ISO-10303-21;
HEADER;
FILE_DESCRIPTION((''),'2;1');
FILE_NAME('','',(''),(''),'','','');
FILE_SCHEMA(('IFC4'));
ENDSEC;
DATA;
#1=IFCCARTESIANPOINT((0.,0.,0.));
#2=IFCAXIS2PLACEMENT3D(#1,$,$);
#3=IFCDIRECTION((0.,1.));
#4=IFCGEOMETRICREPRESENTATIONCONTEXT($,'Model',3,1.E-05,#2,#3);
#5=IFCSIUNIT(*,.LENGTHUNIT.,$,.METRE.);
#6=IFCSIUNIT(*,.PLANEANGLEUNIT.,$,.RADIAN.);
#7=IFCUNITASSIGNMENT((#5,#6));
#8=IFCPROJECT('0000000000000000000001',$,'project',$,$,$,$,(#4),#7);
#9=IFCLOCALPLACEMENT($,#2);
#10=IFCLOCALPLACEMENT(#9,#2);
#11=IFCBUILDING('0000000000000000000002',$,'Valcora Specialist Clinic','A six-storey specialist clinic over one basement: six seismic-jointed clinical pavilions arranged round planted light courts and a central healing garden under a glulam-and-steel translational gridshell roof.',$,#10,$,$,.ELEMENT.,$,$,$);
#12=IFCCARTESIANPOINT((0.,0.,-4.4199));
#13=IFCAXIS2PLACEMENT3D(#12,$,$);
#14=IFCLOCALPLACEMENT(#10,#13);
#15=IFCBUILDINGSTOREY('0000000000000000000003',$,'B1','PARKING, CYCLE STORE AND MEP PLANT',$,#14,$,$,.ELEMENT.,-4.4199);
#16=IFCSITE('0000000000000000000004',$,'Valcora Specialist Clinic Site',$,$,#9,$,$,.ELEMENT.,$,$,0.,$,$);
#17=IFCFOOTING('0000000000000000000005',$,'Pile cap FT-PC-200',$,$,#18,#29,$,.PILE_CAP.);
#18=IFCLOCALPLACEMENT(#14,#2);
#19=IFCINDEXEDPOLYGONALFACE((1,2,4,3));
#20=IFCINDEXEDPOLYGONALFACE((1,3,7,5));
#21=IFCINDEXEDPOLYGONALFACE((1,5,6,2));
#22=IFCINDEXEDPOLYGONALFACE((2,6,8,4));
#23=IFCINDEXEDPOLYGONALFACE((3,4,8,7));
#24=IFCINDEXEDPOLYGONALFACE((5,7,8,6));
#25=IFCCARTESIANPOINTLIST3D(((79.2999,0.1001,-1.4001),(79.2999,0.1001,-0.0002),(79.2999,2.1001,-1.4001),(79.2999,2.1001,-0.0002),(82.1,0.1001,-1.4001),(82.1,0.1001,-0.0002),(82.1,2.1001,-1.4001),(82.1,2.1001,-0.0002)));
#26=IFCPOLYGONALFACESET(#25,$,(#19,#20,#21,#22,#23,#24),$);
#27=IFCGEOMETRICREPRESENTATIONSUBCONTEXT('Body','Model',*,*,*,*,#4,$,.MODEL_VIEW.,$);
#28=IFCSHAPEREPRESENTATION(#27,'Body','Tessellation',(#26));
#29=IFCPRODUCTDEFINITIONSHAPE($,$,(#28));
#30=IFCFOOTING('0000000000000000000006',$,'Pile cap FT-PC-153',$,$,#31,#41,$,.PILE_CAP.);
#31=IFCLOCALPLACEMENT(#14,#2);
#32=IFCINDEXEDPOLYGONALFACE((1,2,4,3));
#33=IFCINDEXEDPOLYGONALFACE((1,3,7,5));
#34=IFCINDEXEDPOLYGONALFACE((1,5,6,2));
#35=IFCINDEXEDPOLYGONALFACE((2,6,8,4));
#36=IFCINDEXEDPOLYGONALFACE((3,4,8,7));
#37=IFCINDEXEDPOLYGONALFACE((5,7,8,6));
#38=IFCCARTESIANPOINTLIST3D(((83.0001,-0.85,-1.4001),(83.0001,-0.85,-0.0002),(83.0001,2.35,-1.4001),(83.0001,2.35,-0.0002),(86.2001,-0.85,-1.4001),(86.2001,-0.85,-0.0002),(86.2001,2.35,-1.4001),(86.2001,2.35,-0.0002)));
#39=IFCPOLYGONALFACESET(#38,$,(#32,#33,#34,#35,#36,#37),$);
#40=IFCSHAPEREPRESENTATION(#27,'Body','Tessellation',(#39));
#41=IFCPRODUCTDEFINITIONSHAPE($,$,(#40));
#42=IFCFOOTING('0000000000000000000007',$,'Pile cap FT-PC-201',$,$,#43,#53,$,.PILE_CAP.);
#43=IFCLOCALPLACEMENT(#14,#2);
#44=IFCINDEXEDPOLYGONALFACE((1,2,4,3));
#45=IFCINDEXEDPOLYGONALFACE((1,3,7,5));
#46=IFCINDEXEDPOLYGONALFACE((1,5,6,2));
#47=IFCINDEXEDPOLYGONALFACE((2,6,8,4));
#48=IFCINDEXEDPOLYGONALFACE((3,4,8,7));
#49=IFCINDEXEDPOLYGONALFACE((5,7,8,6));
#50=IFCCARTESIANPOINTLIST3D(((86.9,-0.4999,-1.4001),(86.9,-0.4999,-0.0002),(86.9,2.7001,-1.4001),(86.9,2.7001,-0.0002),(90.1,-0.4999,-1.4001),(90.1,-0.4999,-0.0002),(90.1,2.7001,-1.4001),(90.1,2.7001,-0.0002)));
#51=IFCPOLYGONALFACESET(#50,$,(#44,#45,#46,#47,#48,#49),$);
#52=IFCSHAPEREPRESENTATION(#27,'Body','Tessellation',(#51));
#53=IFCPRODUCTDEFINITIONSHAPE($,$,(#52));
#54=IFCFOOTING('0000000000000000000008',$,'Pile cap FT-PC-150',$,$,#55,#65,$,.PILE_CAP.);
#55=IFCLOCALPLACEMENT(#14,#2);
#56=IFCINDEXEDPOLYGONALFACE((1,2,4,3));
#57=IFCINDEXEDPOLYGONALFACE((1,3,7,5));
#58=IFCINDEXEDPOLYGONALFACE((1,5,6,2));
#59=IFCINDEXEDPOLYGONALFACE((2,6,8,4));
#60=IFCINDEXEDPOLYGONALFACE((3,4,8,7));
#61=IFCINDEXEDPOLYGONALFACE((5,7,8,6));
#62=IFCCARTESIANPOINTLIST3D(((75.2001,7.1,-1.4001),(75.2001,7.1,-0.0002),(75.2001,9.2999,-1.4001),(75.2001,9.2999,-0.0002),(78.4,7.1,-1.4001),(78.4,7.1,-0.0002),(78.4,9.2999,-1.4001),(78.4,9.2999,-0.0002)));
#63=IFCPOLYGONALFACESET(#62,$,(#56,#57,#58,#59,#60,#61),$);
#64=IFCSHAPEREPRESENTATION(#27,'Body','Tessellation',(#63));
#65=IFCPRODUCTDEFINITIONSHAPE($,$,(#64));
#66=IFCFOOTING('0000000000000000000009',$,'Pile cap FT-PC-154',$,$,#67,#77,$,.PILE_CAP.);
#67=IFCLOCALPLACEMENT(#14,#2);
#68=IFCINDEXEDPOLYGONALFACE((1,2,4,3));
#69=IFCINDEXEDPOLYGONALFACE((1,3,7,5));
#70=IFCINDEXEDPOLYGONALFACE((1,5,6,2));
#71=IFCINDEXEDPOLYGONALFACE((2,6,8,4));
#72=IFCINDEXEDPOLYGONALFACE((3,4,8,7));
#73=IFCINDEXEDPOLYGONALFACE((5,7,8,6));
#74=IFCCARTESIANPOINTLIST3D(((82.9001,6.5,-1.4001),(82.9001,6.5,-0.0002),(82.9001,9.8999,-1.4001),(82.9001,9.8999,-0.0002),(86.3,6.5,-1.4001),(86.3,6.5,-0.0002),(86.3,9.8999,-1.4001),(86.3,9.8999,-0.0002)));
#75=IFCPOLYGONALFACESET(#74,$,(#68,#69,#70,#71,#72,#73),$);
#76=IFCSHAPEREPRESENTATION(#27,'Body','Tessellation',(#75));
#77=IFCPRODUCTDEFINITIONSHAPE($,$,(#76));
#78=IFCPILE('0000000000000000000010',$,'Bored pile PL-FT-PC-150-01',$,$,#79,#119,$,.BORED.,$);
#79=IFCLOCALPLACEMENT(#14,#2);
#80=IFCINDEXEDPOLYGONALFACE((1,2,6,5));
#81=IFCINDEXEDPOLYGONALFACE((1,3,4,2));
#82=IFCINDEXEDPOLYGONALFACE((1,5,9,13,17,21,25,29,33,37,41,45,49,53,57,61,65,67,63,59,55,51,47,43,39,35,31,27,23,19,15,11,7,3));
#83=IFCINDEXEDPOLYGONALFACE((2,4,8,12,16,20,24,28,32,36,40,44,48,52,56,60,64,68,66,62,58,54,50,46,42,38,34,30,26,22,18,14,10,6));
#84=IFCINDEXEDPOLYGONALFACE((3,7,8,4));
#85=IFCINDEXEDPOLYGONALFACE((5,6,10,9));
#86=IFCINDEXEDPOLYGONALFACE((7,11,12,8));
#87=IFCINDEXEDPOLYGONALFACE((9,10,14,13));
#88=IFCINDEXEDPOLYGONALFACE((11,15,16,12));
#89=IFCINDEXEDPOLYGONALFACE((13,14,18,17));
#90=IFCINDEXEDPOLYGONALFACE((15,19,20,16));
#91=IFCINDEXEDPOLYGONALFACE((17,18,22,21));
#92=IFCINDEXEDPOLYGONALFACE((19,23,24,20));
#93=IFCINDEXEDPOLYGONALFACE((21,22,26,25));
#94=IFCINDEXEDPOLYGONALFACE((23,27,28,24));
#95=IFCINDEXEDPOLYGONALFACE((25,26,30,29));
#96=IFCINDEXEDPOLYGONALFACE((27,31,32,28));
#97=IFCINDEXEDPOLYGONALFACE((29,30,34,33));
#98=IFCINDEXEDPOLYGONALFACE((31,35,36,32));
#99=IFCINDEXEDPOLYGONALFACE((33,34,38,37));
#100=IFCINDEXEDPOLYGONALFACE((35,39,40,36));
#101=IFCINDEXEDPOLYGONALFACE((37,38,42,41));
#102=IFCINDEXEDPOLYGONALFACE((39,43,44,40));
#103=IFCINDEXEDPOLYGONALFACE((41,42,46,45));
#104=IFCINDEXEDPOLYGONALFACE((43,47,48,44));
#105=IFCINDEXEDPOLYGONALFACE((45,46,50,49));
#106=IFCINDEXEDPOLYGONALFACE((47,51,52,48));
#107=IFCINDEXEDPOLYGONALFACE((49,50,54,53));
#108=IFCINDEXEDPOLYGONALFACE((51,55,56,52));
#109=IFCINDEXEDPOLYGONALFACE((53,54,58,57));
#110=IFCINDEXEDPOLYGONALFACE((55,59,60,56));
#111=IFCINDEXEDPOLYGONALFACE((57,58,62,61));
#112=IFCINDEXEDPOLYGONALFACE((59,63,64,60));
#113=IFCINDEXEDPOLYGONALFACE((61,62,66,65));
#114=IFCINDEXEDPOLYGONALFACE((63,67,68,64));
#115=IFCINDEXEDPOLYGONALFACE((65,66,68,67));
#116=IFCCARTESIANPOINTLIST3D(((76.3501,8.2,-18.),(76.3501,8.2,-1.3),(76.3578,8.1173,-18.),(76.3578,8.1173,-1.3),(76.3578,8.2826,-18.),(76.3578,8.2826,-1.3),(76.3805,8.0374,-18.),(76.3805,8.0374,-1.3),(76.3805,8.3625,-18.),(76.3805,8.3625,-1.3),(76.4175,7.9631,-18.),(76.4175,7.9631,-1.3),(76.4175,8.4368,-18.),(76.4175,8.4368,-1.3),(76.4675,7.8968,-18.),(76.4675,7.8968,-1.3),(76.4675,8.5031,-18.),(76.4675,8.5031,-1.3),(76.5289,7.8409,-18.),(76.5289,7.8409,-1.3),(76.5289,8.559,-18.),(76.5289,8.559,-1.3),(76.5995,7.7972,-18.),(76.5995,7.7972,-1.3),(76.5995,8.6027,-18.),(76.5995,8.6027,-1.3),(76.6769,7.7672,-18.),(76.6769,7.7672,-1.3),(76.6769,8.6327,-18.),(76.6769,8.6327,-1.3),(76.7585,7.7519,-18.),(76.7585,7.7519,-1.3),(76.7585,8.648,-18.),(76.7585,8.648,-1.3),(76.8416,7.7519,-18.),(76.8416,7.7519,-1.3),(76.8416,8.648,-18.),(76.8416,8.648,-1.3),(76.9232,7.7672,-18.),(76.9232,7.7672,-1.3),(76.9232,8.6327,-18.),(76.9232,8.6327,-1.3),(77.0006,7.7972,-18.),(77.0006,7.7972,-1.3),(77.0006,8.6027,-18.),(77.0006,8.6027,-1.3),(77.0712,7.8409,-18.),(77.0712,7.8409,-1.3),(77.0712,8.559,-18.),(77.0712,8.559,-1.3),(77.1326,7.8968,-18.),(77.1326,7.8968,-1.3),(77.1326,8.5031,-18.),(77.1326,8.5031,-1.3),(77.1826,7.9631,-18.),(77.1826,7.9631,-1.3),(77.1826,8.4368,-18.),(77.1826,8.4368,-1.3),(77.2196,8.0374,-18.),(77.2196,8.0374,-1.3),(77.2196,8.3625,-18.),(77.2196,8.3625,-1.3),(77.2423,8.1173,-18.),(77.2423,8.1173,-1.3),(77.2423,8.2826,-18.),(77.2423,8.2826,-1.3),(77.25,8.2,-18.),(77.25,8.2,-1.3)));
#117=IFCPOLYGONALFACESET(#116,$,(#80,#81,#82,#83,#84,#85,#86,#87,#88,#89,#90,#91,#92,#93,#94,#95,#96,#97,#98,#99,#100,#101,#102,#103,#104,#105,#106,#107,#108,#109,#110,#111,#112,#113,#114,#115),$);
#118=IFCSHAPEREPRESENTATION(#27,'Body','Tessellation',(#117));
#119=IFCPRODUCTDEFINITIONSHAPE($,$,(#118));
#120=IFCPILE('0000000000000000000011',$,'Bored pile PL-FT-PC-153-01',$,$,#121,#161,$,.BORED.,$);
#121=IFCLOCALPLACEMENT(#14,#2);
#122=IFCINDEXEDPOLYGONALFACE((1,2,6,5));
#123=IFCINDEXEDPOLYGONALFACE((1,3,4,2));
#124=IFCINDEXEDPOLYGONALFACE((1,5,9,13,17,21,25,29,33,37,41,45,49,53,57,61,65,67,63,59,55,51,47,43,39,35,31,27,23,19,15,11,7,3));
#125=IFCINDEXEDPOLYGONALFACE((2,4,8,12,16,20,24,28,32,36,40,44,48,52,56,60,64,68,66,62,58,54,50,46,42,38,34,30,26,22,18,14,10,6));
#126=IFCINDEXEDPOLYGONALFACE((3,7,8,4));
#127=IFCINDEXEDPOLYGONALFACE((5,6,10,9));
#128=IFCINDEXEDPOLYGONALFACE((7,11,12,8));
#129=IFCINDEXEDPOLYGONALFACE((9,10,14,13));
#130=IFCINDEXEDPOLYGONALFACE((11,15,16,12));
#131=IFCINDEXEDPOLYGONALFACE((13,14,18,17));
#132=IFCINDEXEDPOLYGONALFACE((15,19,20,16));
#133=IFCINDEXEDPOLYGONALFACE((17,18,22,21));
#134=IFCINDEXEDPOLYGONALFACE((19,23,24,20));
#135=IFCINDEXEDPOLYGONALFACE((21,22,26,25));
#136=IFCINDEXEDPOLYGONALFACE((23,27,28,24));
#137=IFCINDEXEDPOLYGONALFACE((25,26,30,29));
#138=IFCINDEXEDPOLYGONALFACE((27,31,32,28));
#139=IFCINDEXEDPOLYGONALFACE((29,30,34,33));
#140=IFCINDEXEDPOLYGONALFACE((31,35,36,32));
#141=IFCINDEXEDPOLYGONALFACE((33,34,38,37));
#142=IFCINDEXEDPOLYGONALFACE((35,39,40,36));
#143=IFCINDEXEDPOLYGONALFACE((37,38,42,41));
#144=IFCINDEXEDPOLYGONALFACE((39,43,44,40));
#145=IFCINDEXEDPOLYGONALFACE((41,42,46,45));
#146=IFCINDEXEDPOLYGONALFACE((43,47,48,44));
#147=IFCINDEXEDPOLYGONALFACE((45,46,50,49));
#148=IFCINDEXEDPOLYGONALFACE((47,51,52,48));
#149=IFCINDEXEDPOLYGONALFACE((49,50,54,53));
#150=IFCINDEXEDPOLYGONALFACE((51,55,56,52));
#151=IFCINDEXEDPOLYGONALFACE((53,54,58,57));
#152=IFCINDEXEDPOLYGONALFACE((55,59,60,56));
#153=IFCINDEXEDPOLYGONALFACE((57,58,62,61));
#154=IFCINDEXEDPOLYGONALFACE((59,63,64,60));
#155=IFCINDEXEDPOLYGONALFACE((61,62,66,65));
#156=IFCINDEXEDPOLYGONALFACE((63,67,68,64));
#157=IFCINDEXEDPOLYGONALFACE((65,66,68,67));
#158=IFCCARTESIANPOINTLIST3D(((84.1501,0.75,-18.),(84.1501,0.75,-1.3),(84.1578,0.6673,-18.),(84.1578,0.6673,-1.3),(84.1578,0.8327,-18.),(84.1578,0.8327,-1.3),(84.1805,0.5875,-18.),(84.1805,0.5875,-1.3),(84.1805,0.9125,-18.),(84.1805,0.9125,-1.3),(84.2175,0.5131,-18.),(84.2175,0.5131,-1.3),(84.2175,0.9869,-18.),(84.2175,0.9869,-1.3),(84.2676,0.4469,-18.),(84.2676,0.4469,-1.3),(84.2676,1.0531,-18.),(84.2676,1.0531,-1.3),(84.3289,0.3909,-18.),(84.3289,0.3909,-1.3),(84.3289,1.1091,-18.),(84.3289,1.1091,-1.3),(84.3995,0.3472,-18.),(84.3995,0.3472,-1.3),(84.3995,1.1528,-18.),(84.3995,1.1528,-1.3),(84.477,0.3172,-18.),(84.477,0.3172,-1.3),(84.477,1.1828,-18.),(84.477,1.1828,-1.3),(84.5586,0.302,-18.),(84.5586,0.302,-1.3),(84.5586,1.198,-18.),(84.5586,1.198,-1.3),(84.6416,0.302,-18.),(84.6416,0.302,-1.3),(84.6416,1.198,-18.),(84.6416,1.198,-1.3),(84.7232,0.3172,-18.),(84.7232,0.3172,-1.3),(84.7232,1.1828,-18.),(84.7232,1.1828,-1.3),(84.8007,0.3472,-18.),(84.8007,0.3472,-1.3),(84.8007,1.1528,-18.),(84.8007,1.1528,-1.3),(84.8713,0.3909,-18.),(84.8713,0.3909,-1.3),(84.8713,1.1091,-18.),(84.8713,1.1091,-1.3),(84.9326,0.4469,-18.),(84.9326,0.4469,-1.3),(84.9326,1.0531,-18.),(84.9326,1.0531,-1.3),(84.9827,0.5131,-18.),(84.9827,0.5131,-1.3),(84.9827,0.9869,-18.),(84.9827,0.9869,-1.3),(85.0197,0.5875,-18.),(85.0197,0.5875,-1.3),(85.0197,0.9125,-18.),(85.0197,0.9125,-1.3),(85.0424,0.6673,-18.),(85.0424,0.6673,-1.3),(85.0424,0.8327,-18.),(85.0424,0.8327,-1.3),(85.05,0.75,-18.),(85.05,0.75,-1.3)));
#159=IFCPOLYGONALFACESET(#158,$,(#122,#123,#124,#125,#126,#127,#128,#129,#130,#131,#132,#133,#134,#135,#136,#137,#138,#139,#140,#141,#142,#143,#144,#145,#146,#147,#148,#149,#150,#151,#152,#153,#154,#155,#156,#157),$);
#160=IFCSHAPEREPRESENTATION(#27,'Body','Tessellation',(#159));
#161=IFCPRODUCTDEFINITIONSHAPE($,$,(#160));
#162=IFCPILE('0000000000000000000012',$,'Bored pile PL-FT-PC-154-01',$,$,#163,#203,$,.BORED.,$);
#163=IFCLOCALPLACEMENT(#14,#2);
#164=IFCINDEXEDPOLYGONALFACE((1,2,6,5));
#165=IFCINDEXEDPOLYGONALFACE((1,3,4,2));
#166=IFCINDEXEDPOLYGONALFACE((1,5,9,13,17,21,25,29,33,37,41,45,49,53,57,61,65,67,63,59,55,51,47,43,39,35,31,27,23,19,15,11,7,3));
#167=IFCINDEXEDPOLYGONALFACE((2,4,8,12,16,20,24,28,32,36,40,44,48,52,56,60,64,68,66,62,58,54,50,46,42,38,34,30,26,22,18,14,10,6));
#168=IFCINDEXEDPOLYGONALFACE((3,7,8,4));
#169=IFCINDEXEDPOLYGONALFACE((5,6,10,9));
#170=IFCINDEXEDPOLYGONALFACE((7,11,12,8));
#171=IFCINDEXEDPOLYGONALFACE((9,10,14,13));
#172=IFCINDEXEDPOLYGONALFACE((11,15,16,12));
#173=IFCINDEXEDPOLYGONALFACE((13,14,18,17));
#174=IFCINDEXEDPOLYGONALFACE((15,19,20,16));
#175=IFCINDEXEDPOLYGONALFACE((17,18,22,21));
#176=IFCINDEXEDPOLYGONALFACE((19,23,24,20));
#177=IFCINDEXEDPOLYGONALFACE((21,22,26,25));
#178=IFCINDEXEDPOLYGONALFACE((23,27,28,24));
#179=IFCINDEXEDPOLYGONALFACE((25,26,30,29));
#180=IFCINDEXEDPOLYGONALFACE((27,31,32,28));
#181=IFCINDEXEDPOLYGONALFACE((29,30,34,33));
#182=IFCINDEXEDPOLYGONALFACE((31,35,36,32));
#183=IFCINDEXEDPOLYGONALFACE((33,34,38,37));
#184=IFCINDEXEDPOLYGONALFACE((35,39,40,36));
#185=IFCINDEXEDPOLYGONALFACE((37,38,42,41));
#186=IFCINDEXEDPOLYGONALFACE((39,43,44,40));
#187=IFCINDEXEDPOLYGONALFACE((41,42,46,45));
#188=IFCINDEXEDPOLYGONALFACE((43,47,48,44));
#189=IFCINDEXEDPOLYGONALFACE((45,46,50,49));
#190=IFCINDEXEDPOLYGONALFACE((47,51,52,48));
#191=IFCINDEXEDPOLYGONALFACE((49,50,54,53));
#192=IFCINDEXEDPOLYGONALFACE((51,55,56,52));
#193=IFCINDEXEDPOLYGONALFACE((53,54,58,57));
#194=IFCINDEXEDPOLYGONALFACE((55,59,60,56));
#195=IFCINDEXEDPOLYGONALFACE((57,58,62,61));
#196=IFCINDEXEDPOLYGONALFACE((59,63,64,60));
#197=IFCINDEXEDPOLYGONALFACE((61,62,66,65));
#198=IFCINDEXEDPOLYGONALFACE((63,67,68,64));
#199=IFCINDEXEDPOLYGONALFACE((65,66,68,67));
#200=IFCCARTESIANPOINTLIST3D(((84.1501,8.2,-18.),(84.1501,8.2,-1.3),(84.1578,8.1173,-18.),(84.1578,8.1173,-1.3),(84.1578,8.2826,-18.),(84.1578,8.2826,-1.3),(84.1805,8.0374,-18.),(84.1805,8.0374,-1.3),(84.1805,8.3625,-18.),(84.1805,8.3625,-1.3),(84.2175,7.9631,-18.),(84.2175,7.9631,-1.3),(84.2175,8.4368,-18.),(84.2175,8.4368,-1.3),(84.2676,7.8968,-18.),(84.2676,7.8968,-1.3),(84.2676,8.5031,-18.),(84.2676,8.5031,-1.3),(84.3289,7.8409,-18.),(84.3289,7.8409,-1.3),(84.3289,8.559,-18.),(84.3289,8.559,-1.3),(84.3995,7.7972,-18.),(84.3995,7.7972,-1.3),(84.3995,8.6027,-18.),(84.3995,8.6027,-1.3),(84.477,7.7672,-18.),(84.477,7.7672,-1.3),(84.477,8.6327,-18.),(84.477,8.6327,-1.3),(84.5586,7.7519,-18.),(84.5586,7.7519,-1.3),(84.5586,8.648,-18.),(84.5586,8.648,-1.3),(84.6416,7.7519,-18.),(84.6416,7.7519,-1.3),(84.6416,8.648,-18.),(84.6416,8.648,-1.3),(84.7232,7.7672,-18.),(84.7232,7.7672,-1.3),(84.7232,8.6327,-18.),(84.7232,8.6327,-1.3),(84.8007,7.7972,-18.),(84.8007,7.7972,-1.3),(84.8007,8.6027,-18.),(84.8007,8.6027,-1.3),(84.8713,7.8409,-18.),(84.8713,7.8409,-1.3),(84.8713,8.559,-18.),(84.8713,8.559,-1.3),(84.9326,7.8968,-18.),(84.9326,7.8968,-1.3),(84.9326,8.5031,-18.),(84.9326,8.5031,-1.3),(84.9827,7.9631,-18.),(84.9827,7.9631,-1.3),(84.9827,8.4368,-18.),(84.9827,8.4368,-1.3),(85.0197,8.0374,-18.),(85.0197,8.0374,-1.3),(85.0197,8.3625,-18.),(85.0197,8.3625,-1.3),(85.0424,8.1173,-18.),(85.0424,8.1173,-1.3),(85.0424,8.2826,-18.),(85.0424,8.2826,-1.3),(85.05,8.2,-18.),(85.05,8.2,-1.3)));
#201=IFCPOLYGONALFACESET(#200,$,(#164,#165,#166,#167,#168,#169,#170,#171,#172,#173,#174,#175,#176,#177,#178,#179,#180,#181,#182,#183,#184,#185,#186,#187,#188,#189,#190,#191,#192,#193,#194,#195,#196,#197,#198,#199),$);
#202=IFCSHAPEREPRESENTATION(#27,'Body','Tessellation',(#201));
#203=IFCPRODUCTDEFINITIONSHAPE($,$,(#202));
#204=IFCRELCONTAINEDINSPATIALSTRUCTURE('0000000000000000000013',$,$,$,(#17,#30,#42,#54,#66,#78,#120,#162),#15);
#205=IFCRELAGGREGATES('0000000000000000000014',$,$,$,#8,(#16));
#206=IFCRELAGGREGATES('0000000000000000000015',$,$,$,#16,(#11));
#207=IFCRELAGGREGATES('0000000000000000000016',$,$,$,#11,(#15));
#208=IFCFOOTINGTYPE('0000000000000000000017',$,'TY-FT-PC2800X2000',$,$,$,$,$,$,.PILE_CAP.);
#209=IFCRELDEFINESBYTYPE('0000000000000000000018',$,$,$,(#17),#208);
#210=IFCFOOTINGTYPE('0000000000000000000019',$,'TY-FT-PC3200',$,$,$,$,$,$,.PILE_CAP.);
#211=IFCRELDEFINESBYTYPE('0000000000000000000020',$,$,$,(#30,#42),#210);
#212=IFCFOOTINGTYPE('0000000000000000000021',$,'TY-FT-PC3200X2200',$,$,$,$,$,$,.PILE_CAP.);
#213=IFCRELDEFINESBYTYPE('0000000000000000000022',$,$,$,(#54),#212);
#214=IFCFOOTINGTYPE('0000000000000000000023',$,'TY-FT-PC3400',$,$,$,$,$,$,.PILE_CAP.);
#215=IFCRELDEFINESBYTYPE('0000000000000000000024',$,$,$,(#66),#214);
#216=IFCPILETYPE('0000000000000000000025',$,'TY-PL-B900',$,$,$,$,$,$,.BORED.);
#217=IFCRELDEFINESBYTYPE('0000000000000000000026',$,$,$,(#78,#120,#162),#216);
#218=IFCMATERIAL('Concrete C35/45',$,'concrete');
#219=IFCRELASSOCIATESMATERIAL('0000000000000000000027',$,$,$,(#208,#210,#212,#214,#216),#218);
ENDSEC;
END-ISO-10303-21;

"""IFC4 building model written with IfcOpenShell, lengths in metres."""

from ifc_helpers import new_model, si_unit, direction, frame, origin, origin_2d, place, context, subcontext, project, spatial, rectangle, circle, extrude, material, material_profile, profile_set, type_object, element, save


model = new_model("IFC4")

# Units and contexts
model_context = context("Model", 3, precision=1e-05, world=origin(), true_north=direction((0.0, 1.0)))
body_context = subcontext(model_context, "Body", "Model", "MODEL_VIEW")
ifc_project = project(units=[si_unit("LENGTHUNIT", "METRE"), si_unit("PLANEANGLEUNIT", "RADIAN")], contexts=[model_context])

# Site, building, storey
site_placement = place(None, origin())
site = spatial("IfcSite", under=ifc_project, at=site_placement, Name="Valcora Specialist Clinic Site", CompositionType="ELEMENT", RefElevation=0.0)
building_placement = place(site_placement, origin())
building = spatial("IfcBuilding", under=site, at=building_placement, Name="Valcora Specialist Clinic", Description="A six-storey specialist clinic over one basement: six seismic-jointed clinical pavilions arranged round planted light courts and a central healing garden under a glulam-and-steel translational gridshell roof.", CompositionType="ELEMENT")
storey_placement = place(building_placement, frame((0.0, 0.0, -4.4199)))
storey = spatial("IfcBuildingStorey", under=building, at=storey_placement, Name="B1", Description="PARKING, CYCLE STORE AND MEP PLANT", CompositionType="ELEMENT", Elevation=-4.4199)

# Footings
ifc_material_1 = material(Name="Concrete C35/45", Category="concrete")
footing_type_1 = type_object("IfcFootingType", Name="TY-FT-PC2800X2000", PredefinedType="PILE_CAP", material=ifc_material_1)
footing_1_placement = place(storey_placement, frame((80.7, 1.1001, -1.4001), z_axis=(0.0, 0.0, 1.0), x_axis=(1.0, 0.0, 0.0)))
element("IfcFooting", 1, at=footing_1_placement, inside=storey, type_object=footing_type_1, Name="Pile cap FT-PC-200", PredefinedType="PILE_CAP", context=body_context, shape_type="SweptSolid", body=[
    extrude(rectangle(XDim=2.8, YDim=2.0, at=origin_2d()), origin(), (0.0, 0.0, 1.0), 1.3999),
])
footing_type_2 = type_object("IfcFootingType", Name="TY-FT-PC3200", PredefinedType="PILE_CAP", material=ifc_material_1)
for number, where, z_axis, x_axis, name in (
    (2, (84.6001, 0.75, -1.4001), (0.0, 0.0, 1.0), (1.0, 0.0, 0.0), "Pile cap FT-PC-153"),
    (3, (88.5, 1.1001, -1.4001), (0.0, 0.0, 1.0), (1.0, 0.0, 0.0), "Pile cap FT-PC-201"),
):
    element("IfcFooting", number, at=place(storey_placement, frame(where, z_axis=z_axis, x_axis=x_axis)), inside=storey, type_object=footing_type_2, Name=name, PredefinedType="PILE_CAP", context=body_context, shape_type="SweptSolid", body=[
        extrude(rectangle(XDim=3.2, YDim=3.2, at=origin_2d()), origin(), (0.0, 0.0, 1.0), 1.3999),
    ])
footing_type_3 = type_object("IfcFootingType", Name="TY-FT-PC3200X2200", PredefinedType="PILE_CAP", material=ifc_material_1)
footing_2_placement = place(storey_placement, frame((76.8, 8.2, -1.4001), z_axis=(0.0, 0.0, 1.0), x_axis=(1.0, 0.0, 0.0)))
element("IfcFooting", 4, at=footing_2_placement, inside=storey, type_object=footing_type_3, Name="Pile cap FT-PC-150", PredefinedType="PILE_CAP", context=body_context, shape_type="SweptSolid", body=[
    extrude(rectangle(XDim=3.2, YDim=2.2, at=origin_2d()), origin(), (0.0, 0.0, 1.0), 1.3999),
])
footing_type_4 = type_object("IfcFootingType", Name="TY-FT-PC3400", PredefinedType="PILE_CAP", material=ifc_material_1)
footing_3_placement = place(storey_placement, frame((84.6001, 8.2, -1.4001), z_axis=(0.0, 0.0, 1.0), x_axis=(1.0, 0.0, 0.0)))
element("IfcFooting", 5, at=footing_3_placement, inside=storey, type_object=footing_type_4, Name="Pile cap FT-PC-154", PredefinedType="PILE_CAP", context=body_context, shape_type="SweptSolid", body=[
    extrude(rectangle(XDim=3.3999, YDim=3.3999, at=origin_2d()), origin(), (0.0, 0.0, 1.0), 1.3999),
])

# Piles
ifc_material_profile_1 = material_profile(ifc_material_1, circle(Radius=0.45, at=origin_2d()), Name="RC-PIL-D900")
ifc_profile_set_1 = profile_set([ifc_material_profile_1], Name="Concrete C35/45")
pile_type = type_object("IfcPileType", Name="TY-PL-B900", PredefinedType="BORED", material=ifc_profile_set_1)
for number, where, z_axis, x_axis, name in (
    (6, (76.8, 8.2, -1.3), (0.0, 0.0, -1.0), (1.0, 0.0, 0.0), "Bored pile PL-FT-PC-150-01"),
    (7, (84.6001, 0.75, -1.3), (0.0, 0.0, -1.0), (1.0, 0.0, 0.0), "Bored pile PL-FT-PC-153-01"),
    (8, (84.6001, 8.2, -1.3), (0.0, 0.0, -1.0), (1.0, 0.0, 0.0), "Bored pile PL-FT-PC-154-01"),
):
    element("IfcPile", number, at=place(storey_placement, frame(where, z_axis=z_axis, x_axis=x_axis)), inside=storey, type_object=pile_type, Name=name, PredefinedType="BORED", context=body_context, shape_type="SweptSolid", body=[
        extrude(circle(Radius=0.45, at=origin_2d()), origin(), (0.0, 0.0, 1.0), 16.7),
    ])

save(model, "model.ifc")
